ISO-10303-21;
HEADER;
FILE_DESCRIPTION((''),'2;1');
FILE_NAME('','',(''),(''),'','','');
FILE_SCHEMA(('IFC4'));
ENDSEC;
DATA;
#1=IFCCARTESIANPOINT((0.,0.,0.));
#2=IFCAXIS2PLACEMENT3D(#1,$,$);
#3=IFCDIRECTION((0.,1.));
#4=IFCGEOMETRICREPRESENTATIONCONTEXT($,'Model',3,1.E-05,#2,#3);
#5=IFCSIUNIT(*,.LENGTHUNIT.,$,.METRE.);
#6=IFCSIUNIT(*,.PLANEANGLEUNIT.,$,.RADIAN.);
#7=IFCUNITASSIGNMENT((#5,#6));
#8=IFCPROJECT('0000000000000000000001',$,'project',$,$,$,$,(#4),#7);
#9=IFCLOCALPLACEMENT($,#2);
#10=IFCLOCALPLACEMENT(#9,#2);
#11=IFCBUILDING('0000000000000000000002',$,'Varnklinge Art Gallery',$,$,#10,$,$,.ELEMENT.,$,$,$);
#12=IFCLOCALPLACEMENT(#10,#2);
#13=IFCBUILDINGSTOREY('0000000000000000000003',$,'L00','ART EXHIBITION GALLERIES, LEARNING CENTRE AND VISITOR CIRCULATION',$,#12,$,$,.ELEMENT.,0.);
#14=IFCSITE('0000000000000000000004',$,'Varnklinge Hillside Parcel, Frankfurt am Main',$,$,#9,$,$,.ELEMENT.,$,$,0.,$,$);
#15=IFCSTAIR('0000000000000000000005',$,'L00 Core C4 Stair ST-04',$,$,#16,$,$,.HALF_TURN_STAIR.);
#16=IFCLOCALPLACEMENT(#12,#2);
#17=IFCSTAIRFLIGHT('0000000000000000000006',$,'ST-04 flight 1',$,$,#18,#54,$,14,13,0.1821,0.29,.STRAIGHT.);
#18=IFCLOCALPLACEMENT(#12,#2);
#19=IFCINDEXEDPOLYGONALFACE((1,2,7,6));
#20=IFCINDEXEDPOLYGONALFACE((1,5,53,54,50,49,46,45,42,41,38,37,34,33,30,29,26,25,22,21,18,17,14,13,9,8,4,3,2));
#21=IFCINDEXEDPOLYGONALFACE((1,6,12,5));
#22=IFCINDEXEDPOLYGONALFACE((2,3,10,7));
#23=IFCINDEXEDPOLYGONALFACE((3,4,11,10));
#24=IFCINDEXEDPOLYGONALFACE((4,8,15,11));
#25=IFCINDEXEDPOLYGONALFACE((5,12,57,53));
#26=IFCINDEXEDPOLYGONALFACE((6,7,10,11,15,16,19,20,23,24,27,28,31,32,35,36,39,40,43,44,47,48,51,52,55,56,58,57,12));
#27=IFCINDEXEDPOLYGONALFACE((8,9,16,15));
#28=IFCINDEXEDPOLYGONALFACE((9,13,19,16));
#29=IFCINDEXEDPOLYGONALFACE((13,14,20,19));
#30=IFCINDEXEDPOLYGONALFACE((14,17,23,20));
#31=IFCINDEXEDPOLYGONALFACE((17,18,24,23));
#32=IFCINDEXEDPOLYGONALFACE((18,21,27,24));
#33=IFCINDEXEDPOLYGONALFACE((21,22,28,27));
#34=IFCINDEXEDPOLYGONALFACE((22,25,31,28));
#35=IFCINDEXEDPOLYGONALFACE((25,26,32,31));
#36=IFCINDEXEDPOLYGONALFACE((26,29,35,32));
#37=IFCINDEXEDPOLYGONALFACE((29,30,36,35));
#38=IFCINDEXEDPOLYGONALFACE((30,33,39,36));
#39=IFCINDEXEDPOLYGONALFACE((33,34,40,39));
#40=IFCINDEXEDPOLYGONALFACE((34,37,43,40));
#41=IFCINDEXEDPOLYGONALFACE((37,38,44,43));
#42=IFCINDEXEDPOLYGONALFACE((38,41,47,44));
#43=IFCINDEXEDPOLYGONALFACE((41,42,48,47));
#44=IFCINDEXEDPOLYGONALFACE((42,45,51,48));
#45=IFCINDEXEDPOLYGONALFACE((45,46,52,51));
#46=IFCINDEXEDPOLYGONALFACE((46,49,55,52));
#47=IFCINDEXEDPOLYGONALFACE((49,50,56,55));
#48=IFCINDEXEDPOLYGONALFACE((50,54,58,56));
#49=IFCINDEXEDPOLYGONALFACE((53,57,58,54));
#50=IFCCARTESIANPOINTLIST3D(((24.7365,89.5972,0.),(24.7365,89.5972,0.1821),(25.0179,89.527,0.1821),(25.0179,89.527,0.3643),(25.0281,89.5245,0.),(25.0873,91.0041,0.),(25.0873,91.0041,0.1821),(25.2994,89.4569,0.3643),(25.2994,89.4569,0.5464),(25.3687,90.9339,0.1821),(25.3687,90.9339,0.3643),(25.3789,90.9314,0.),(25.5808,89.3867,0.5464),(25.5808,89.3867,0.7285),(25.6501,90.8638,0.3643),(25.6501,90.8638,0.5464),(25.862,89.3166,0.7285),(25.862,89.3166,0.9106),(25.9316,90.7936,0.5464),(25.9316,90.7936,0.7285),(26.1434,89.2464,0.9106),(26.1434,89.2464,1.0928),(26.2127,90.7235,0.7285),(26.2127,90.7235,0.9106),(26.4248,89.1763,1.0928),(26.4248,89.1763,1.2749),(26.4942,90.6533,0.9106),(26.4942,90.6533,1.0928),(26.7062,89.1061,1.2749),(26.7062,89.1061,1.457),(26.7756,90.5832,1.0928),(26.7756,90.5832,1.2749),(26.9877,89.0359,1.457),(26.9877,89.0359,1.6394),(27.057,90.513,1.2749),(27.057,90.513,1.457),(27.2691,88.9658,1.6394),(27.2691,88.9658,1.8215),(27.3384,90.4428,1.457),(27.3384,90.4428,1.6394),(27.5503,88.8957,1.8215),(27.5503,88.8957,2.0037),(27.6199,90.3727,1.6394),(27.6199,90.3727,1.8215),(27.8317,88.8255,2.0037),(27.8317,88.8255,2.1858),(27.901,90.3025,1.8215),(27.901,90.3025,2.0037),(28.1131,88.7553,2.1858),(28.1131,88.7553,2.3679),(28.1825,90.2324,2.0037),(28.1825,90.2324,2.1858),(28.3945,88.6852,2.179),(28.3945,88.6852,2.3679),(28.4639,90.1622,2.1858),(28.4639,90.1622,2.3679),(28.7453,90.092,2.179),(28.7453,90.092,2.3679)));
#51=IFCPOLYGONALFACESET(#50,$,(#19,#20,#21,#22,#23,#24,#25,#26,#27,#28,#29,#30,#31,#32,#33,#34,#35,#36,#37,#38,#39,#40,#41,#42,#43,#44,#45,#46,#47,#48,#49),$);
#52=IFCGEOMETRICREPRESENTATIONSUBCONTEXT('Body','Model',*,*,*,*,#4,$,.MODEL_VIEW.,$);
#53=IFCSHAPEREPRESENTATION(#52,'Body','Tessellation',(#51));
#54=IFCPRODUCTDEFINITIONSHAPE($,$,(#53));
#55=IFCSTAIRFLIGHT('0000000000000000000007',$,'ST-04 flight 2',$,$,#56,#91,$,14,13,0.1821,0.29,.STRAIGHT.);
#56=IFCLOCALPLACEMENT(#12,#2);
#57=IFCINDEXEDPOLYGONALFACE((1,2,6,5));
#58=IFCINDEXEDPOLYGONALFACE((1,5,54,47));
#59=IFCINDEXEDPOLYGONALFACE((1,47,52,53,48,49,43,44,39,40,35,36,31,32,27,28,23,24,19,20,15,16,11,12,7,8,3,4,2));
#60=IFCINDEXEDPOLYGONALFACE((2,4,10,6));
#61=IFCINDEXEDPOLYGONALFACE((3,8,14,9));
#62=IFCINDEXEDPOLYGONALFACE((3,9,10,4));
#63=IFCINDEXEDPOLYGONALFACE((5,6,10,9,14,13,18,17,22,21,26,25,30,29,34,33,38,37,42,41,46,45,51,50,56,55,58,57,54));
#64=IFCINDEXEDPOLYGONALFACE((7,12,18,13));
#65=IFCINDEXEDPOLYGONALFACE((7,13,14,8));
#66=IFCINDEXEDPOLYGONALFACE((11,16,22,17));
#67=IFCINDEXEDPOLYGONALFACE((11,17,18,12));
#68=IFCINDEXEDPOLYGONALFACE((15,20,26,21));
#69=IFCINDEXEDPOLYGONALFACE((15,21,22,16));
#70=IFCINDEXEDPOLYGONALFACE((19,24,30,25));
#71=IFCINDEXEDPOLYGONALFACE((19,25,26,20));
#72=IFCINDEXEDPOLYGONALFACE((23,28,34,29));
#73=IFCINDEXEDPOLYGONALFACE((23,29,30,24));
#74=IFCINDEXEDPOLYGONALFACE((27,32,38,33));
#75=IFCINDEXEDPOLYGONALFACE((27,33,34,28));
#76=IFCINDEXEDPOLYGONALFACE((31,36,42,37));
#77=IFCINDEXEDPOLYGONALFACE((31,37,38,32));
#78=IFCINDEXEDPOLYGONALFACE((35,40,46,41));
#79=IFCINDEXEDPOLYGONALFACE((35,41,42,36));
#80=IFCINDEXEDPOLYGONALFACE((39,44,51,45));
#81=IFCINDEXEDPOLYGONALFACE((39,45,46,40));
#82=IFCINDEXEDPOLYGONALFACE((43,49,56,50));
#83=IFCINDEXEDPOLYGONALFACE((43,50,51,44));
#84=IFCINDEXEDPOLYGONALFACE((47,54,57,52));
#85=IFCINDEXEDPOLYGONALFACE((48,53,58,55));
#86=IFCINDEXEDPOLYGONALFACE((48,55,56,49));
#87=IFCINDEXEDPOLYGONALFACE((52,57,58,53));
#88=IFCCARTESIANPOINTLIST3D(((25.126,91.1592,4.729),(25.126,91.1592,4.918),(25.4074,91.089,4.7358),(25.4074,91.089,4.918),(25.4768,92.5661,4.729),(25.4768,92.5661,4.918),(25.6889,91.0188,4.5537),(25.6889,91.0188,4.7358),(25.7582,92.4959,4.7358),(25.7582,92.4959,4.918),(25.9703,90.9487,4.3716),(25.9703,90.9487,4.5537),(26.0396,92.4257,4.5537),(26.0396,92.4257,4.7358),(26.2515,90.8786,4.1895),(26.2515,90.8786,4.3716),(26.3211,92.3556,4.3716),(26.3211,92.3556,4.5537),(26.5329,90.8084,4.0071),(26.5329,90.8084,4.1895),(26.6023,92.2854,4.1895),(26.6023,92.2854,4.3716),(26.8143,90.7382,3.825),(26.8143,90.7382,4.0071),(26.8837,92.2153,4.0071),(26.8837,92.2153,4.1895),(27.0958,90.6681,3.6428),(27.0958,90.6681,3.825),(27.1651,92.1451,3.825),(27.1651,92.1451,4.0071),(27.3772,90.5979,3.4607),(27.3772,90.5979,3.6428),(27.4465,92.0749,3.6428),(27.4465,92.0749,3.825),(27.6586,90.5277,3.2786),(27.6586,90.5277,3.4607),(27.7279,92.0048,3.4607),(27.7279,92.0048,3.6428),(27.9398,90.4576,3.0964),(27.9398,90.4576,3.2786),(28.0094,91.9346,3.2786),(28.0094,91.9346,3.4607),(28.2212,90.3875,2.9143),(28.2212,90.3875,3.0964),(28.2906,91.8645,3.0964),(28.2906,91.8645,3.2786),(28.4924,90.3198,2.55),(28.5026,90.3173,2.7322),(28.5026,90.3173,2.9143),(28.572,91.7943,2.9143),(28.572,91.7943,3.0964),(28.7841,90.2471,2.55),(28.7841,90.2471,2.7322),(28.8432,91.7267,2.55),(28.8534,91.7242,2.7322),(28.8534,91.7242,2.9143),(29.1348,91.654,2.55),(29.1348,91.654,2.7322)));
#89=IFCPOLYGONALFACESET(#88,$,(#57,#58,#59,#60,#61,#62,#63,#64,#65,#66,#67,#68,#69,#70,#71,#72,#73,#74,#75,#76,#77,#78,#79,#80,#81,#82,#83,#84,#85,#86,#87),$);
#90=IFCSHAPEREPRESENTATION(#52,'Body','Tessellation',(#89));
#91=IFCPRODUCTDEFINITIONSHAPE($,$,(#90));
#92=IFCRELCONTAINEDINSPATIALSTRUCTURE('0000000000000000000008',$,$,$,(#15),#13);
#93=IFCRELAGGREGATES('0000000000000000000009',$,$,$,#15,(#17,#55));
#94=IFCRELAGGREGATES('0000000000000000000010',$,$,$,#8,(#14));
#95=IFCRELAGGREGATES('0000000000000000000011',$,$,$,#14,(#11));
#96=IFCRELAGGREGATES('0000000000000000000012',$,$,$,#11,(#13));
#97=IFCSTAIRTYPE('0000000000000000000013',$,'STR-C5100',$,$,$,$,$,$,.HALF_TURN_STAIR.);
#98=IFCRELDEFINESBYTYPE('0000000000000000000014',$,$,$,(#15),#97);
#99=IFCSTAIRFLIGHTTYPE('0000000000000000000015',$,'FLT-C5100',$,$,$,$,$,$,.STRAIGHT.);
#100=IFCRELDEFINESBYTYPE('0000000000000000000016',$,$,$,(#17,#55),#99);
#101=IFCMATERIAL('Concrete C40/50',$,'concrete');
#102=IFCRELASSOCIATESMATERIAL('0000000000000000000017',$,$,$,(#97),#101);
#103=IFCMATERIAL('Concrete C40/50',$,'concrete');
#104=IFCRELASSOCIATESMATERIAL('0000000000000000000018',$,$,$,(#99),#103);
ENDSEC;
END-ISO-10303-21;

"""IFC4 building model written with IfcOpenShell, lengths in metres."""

from ifc_helpers import new_model, si_unit, direction, frame, origin, place, context, subcontext, project, spatial, polyline, outline, extrude, material, type_object, element, aggregate, save


model = new_model("IFC4")

# Units and contexts
model_context = context("Model", 3, precision=1e-05, world=origin(), true_north=direction((0.0, 1.0)))
body_context = subcontext(model_context, "Body", "Model", "MODEL_VIEW")
ifc_project = project(units=[si_unit("LENGTHUNIT", "METRE"), si_unit("PLANEANGLEUNIT", "RADIAN")], contexts=[model_context])

# Site, building, storey
site_placement = place(None, origin())
site = spatial("IfcSite", under=ifc_project, at=site_placement, Name="Varnklinge Hillside Parcel, Frankfurt am Main", CompositionType="ELEMENT", RefElevation=0.0)
building_placement = place(site_placement, origin())
building = spatial("IfcBuilding", under=site, at=building_placement, Name="Varnklinge Art Gallery", CompositionType="ELEMENT")
storey_placement = place(building_placement, origin())
storey = spatial("IfcBuildingStorey", under=building, at=storey_placement, Name="L00", Description="ART EXHIBITION GALLERIES, LEARNING CENTRE AND VISITOR CIRCULATION", CompositionType="ELEMENT", Elevation=0.0)

# Stair, stair flights
ifc_material_1 = material(Name="Concrete C40/50", Category="concrete")
stair_type = type_object("IfcStairType", Name="STR-C5100", PredefinedType="HALF_TURN_STAIR", material=ifc_material_1)
stair_placement = place(storey_placement, origin())
stair = element("IfcStair", 1, at=stair_placement, inside=storey, type_object=stair_type, Name="L00 Core C4 Stair ST-04", PredefinedType="HALF_TURN_STAIR")
ifc_material_2 = material(Name="Concrete C40/50", Category="concrete")
stair_flight_type = type_object("IfcStairFlightType", Name="FLT-C5100", PredefinedType="STRAIGHT", material=ifc_material_2)
stair_flight_1_placement = place(storey_placement, frame((24.9119, 90.3005, 0.0), z_axis=(0.0, 0.0, 1.0), x_axis=(0.970296, -0.241922, 0.0)))
stair_flight_1 = element("IfcStairFlight", 2, at=stair_flight_1_placement, type_object=stair_flight_type, Name="ST-04 flight 1", NumberOfRisers=14, NumberOfTreads=13, PredefinedType="STRAIGHT", RiserHeight=0.1821, TreadLength=0.29, context=body_context, shape_type="SweptSolid", body=[
    extrude(outline(polyline([(0.0, 0.0), (0.0, 0.1821), (0.29, 0.1821), (0.29, 0.3643), (0.5801, 0.3643), (0.5801, 0.5464), (0.8701, 0.5464), (0.8701, 0.7285), (1.1599, 0.7285), (1.1599, 0.9106), (1.45, 0.9106), (1.45, 1.0928), (1.74, 1.0928), (1.74, 1.2749), (2.03, 1.2749), (2.03, 1.457), (2.3201, 1.457), (2.3201, 1.6394), (2.6101, 1.6394), (2.6101, 1.8215), (2.8999, 1.8215), (2.8999, 2.0037), (3.1899, 2.0037), (3.1899, 2.1858), (3.48, 2.1858), (3.48, 2.3679), (3.77, 2.3679), (3.77, 2.55), (3.77, 2.179), (0.3005, 0.0), (0.0, 0.0)])), frame((0.0, 0.7251, 0.0), z_axis=(0.0, -1.0, 0.0), x_axis=(1.0, 0.0, 0.0)), (0.0, 0.0, 1.0), 1.45),
])
stair_flight_2_placement = place(storey_placement, frame((28.9595, 90.9507, 2.55), z_axis=(0.0, 0.0, 1.0), x_axis=(-0.970296, 0.241922, 0.0)))
stair_flight_2 = element("IfcStairFlight", 3, at=stair_flight_2_placement, type_object=stair_flight_type, Name="ST-04 flight 2", NumberOfRisers=14, NumberOfTreads=13, PredefinedType="STRAIGHT", RiserHeight=0.1821, TreadLength=0.29, context=body_context, shape_type="SweptSolid", body=[
    extrude(outline(polyline([(0.0, 0.0), (0.0, 0.1821), (0.29, 0.1821), (0.29, 0.3643), (0.5801, 0.3643), (0.5801, 0.5464), (0.8701, 0.5464), (0.8701, 0.7285), (1.1599, 0.7285), (1.1599, 0.9106), (1.45, 0.9106), (1.45, 1.0928), (1.74, 1.0928), (1.74, 1.2749), (2.03, 1.2749), (2.03, 1.457), (2.3201, 1.457), (2.3201, 1.6394), (2.6101, 1.6394), (2.6101, 1.8215), (2.8999, 1.8215), (2.8999, 2.0037), (3.1899, 2.0037), (3.1899, 2.1858), (3.48, 2.1858), (3.48, 2.3679), (3.77, 2.3679), (3.77, 2.55), (3.77, 2.179), (0.3005, 0.0), (0.0, 0.0)])), frame((0.0, 0.7251, 0.0), z_axis=(0.0, -1.0, 0.0), x_axis=(1.0, 0.0, 0.0)), (0.0, 0.0, 1.0), 1.45),
])
aggregate(stair, [stair_flight_1, stair_flight_2])

save(model, "model.ifc")
